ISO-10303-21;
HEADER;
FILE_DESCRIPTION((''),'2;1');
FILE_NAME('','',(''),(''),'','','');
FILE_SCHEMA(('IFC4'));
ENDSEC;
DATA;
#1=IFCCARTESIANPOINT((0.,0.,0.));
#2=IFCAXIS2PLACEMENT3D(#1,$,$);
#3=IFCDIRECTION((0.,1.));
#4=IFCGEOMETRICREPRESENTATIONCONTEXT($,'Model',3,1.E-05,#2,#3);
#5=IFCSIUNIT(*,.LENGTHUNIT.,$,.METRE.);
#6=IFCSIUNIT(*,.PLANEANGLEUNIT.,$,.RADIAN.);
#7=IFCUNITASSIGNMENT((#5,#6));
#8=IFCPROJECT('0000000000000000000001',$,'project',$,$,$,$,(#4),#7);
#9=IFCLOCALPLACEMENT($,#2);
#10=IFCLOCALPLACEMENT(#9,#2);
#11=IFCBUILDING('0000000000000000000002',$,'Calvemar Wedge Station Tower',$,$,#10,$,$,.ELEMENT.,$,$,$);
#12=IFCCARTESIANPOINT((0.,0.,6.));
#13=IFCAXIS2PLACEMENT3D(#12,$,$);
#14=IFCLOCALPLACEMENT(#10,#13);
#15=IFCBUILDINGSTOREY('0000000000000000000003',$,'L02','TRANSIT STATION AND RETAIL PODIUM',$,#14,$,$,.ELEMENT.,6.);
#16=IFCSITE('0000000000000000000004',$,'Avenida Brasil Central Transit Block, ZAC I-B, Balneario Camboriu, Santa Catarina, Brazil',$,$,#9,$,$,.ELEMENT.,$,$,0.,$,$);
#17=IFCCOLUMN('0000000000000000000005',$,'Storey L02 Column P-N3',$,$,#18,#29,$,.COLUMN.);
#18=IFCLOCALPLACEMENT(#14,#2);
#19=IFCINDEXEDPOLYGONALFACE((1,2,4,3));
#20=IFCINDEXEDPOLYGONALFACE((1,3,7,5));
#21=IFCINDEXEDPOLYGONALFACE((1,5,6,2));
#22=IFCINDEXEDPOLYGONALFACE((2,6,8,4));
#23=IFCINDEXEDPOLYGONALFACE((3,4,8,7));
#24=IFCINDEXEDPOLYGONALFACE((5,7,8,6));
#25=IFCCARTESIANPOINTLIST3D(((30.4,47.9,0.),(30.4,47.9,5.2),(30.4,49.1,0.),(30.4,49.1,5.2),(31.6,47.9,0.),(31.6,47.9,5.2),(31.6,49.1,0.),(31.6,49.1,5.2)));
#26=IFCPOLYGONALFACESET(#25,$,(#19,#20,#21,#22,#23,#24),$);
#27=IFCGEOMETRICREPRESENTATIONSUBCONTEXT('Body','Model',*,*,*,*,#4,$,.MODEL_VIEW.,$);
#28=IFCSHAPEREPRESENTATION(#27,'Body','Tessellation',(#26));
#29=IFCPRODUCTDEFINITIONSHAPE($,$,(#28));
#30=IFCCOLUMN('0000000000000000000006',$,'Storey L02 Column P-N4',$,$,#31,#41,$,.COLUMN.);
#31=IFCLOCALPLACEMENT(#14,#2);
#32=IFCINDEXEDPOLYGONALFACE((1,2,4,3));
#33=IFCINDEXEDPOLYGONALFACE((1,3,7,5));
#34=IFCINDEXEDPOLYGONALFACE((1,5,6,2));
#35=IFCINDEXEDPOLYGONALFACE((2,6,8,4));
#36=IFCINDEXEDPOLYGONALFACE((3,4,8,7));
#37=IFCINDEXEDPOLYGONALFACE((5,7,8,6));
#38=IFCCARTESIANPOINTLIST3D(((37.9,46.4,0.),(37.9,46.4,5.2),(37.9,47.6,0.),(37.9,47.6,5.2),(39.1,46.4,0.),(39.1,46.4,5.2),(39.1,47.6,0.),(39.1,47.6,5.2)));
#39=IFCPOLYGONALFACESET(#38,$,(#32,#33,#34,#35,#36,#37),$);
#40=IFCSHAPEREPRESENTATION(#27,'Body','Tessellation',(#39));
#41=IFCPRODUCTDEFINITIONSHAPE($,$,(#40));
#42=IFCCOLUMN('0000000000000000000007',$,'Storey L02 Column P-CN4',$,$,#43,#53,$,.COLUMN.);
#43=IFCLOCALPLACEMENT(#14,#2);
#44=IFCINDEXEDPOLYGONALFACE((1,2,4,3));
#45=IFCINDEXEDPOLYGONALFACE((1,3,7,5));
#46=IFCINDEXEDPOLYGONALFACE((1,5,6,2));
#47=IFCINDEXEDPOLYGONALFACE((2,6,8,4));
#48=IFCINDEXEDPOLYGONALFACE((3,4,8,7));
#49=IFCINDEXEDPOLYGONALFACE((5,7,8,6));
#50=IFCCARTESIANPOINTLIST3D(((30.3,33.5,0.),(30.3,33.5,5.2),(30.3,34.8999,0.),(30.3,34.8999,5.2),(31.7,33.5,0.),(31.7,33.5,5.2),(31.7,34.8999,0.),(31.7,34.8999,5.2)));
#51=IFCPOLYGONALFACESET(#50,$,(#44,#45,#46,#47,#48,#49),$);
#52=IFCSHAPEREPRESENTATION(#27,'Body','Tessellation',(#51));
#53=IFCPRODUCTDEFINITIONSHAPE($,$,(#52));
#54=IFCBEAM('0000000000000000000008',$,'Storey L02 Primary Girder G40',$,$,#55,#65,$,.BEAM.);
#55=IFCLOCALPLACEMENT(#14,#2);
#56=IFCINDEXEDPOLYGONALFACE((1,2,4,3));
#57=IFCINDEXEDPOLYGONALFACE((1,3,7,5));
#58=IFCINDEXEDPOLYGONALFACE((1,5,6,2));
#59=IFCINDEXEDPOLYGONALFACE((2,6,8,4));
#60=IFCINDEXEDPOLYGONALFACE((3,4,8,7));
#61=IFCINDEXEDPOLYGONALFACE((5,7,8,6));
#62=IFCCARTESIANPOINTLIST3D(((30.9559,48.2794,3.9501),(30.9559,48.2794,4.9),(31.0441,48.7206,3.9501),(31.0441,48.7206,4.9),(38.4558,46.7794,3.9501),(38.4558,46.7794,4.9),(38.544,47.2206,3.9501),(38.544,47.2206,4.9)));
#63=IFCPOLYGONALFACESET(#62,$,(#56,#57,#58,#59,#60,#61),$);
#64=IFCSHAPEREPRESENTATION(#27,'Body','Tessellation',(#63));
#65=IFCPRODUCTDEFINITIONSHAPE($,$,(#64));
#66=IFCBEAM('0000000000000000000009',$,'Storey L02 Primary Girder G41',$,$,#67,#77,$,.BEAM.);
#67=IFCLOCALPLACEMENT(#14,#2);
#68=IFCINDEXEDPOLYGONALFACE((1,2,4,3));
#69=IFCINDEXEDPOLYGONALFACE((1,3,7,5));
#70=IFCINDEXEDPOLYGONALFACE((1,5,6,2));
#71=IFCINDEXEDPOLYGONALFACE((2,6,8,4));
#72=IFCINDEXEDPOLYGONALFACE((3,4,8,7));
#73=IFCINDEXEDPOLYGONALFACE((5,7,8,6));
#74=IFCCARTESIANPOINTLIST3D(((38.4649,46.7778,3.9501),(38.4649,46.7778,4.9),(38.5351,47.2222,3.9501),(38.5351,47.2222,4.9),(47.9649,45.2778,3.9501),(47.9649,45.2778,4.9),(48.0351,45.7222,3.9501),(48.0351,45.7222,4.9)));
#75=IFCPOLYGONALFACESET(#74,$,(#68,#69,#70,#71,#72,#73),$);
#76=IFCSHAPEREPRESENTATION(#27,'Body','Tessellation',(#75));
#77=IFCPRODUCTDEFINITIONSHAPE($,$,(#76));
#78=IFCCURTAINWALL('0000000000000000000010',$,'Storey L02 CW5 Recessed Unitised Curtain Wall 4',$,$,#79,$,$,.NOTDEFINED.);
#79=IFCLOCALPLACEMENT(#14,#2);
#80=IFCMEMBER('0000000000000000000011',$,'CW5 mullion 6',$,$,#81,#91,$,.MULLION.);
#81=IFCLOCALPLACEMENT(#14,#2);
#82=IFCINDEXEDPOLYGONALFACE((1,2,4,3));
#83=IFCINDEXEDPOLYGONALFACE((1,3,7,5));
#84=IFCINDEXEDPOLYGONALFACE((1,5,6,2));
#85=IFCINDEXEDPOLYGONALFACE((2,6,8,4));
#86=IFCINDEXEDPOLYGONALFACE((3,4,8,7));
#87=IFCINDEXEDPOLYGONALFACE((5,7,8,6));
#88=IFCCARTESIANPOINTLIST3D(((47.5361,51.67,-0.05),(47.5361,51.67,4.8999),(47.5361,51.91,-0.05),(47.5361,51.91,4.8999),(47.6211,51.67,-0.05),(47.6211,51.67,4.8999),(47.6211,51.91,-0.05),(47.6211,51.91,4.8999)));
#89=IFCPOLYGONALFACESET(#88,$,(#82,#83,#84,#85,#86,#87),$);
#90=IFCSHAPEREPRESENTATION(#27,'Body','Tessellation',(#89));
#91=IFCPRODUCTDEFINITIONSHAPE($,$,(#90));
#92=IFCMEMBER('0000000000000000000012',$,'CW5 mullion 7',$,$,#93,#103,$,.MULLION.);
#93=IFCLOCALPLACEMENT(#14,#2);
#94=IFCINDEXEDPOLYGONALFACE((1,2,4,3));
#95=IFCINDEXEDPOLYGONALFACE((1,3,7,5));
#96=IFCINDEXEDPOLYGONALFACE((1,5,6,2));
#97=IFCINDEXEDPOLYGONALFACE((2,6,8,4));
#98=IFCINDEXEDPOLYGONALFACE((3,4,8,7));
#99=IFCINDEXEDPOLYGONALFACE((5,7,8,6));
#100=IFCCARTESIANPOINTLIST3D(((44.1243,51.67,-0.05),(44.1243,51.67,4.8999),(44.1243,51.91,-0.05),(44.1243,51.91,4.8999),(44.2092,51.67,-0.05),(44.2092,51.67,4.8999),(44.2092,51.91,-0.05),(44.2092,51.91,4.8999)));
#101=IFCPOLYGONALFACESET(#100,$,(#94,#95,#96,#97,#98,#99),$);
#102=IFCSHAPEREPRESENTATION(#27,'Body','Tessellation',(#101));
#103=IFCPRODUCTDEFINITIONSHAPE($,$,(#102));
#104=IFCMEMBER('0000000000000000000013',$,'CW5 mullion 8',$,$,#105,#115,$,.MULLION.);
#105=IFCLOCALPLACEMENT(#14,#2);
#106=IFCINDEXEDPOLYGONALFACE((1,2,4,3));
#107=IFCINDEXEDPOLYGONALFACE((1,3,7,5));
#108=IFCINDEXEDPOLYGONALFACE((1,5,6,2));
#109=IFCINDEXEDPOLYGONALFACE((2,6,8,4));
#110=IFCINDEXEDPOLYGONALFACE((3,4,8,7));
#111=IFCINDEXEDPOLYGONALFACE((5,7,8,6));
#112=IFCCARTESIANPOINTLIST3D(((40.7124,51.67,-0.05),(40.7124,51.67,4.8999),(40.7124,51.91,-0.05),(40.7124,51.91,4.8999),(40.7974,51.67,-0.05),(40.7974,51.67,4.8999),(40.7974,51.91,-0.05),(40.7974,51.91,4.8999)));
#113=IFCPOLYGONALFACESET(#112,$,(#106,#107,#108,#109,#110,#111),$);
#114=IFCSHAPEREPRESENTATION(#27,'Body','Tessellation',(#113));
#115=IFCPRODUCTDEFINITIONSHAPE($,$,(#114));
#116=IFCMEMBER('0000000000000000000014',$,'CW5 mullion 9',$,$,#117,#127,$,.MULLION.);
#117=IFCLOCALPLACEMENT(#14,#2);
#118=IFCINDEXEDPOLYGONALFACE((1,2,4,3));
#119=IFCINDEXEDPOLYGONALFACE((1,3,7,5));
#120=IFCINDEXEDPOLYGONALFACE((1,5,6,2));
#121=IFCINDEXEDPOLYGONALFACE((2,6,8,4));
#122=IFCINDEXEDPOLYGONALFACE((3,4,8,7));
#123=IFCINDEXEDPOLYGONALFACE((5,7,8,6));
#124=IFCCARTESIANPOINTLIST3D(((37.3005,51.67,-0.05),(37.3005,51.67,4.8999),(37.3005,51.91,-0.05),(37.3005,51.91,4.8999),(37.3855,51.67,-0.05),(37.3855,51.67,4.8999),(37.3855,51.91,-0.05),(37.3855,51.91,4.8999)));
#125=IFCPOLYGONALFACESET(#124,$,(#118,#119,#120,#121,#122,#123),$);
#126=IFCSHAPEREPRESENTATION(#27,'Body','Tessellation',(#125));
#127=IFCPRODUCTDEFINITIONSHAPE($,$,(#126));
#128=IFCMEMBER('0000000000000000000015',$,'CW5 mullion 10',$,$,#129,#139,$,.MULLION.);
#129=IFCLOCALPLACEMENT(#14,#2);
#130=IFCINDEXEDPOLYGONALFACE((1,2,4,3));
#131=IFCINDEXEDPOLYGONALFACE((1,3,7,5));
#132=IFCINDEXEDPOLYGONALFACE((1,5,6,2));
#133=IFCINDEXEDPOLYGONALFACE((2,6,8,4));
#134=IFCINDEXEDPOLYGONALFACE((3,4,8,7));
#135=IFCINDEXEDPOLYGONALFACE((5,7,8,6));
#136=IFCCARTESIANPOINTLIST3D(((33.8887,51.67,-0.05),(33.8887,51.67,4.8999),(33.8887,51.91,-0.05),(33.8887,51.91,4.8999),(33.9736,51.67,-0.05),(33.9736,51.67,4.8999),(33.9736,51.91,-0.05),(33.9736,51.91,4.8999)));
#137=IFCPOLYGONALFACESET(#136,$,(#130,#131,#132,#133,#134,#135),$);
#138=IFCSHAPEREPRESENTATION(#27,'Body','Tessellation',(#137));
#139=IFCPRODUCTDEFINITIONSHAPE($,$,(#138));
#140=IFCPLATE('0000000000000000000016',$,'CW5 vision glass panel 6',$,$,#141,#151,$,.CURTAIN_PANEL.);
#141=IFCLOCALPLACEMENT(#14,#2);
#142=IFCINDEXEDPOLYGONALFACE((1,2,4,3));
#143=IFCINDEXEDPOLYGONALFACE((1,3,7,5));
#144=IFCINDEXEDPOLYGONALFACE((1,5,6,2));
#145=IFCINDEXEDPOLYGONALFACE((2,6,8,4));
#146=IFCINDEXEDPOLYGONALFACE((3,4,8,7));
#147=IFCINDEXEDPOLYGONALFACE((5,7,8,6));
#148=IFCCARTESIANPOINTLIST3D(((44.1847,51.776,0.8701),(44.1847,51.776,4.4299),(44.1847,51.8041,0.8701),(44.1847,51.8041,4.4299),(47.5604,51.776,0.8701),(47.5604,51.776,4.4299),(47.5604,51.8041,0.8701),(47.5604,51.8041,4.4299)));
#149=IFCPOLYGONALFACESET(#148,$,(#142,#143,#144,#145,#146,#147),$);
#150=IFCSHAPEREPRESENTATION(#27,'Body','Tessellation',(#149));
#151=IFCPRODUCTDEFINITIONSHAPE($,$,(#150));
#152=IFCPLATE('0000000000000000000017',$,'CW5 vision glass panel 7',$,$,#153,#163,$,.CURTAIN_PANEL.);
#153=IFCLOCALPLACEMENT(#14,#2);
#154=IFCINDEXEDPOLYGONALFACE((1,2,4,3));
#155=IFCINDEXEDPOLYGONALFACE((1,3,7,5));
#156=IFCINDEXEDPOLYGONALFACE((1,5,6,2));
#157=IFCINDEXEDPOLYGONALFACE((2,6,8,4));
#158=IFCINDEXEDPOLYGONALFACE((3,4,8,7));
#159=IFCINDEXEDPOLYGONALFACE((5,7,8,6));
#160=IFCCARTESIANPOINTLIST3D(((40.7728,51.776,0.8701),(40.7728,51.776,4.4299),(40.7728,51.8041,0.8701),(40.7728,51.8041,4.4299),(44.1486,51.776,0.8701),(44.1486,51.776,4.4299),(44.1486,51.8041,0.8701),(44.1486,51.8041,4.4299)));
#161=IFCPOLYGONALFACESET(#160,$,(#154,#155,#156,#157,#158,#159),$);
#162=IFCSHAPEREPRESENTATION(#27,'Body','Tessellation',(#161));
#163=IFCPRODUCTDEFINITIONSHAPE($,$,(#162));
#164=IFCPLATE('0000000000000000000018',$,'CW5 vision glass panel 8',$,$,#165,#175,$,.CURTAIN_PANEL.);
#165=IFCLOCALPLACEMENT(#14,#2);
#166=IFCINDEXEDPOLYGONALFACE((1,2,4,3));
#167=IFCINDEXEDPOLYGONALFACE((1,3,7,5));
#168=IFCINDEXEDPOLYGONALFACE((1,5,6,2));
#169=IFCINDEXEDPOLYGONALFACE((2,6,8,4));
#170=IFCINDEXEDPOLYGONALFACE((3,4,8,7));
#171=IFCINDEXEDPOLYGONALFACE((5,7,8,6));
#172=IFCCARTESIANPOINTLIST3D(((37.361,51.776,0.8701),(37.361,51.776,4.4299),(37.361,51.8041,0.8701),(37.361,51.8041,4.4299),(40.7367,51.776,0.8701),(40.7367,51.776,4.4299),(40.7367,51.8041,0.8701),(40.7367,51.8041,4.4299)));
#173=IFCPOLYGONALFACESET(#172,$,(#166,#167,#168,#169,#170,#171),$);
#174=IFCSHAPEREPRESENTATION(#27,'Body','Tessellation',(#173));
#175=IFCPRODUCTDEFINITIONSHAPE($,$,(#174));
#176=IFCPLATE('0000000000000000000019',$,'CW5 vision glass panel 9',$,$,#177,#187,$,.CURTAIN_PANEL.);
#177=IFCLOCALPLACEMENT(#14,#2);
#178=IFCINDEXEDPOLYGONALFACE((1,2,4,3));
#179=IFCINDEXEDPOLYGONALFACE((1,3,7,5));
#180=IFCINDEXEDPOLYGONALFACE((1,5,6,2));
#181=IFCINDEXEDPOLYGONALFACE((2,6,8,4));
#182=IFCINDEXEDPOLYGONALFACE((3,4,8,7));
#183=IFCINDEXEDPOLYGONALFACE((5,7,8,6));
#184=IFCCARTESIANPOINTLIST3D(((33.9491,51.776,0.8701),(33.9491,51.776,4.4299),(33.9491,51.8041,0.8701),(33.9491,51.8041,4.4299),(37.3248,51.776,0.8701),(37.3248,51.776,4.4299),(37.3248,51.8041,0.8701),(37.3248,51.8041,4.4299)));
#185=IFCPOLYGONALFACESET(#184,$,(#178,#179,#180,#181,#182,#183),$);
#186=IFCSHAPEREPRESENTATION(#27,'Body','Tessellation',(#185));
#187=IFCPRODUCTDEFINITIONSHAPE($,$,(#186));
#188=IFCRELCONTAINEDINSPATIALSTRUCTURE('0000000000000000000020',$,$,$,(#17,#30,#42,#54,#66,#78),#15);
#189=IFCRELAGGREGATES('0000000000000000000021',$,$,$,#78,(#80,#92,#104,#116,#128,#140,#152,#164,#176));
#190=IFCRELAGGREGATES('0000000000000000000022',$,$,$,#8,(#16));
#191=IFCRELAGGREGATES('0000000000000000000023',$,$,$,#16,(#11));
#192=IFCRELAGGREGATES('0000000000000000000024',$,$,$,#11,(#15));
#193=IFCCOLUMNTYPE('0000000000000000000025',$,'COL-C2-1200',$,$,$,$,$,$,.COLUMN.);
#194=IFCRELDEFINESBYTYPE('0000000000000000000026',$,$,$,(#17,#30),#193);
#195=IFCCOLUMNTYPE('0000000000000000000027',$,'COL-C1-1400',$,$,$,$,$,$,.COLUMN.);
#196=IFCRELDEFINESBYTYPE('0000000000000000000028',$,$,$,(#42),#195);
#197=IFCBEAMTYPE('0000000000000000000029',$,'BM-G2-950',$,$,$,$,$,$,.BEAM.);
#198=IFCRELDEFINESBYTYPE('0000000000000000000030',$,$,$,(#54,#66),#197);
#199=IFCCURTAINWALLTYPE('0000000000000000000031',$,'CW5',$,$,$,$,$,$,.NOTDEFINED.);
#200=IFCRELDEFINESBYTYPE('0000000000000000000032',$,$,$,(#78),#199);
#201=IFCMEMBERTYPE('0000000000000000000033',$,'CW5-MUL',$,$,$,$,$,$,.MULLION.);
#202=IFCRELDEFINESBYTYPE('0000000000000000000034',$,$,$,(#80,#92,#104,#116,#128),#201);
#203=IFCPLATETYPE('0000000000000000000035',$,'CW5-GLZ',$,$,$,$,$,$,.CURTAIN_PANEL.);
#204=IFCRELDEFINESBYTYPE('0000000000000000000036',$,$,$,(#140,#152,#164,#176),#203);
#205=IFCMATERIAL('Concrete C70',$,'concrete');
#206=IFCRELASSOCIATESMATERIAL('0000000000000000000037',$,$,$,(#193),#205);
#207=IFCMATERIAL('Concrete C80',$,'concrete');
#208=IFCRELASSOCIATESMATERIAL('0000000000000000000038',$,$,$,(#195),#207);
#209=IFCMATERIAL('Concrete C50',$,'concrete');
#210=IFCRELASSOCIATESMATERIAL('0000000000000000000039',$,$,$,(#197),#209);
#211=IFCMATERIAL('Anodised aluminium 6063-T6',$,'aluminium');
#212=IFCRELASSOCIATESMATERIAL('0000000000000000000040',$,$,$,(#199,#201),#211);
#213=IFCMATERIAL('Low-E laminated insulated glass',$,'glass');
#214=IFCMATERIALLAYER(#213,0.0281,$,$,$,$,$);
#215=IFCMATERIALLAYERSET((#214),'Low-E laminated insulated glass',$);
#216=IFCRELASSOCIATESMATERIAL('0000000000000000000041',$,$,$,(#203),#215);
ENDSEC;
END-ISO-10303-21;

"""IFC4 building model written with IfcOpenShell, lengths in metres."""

from ifc_helpers import new_model, si_unit, direction, frame, frame_2d, origin, origin_2d, place, context, subcontext, project, spatial, rectangle, extrude, source, transform, mapped, material, layer, layer_set, material_profile, profile_set, type_object, element, aggregate, save


model = new_model("IFC4")

# Units and contexts
model_context = context("Model", 3, precision=1e-05, world=origin(), true_north=direction((0.0, 1.0)))
body_context = subcontext(model_context, "Body", "Model", "MODEL_VIEW")
ifc_project = project(units=[si_unit("LENGTHUNIT", "METRE"), si_unit("PLANEANGLEUNIT", "RADIAN")], contexts=[model_context])

# Site, building, storey
site_placement = place(None, origin())
site = spatial("IfcSite", under=ifc_project, at=site_placement, Name="Avenida Brasil Central Transit Block, ZAC I-B, Balneario Camboriu, Santa Catarina, Brazil", CompositionType="ELEMENT", RefElevation=0.0)
building_placement = place(site_placement, origin())
building = spatial("IfcBuilding", under=site, at=building_placement, Name="Calvemar Wedge Station Tower", CompositionType="ELEMENT")
storey_placement = place(building_placement, frame((0.0, 0.0, 6.0)))
storey = spatial("IfcBuildingStorey", under=building, at=storey_placement, Name="L02", Description="TRANSIT STATION AND RETAIL PODIUM", CompositionType="ELEMENT", Elevation=6.0)

# Columns
ifc_material_1 = material(Name="Concrete C70", Category="concrete")
ifc_material_profile_1 = material_profile(ifc_material_1, rectangle(XDim=1.2, YDim=1.2, at=origin_2d()), Name="RC1200x1200")
ifc_profile_set_1 = profile_set([ifc_material_profile_1], Name="Concrete C70")
column_type_1 = type_object("IfcColumnType", Name="COL-C2-1200", PredefinedType="COLUMN", material=ifc_profile_set_1)
shared_shape_1 = source(origin(), body_context, "Body", "SweptSolid", [
    extrude(rectangle(XDim=1.2, YDim=1.2, at=origin_2d()), origin(), (0.0, 0.0, 1.0), 5.2),
])
for number, where, z_axis, x_axis, name in (
    (1, (31.0, 48.5, 0.0), (0.0, 0.0, 1.0), (1.0, 0.0, 0.0), "Storey L02 Column P-N3"),
    (2, (38.5, 47.0, 0.0), (0.0, 0.0, 1.0), (1.0, 0.0, 0.0), "Storey L02 Column P-N4"),
):
    element("IfcColumn", number, at=place(storey_placement, frame(where, z_axis=z_axis, x_axis=x_axis)), inside=storey, type_object=column_type_1, Name=name, PredefinedType="COLUMN", context=body_context, shape_type="MappedRepresentation", body=[
        mapped(shared_shape_1, transform((0.0, 0.0, 0.0), scale=1.0)),
    ])
ifc_material_2 = material(Name="Concrete C80", Category="concrete")
ifc_material_profile_2 = material_profile(ifc_material_2, rectangle(XDim=1.3999, YDim=1.3999, at=origin_2d()), Name="RC1400x1400")
ifc_profile_set_2 = profile_set([ifc_material_profile_2], Name="Concrete C80")
column_type_2 = type_object("IfcColumnType", Name="COL-C1-1400", PredefinedType="COLUMN", material=ifc_profile_set_2)
shared_shape_2 = source(origin(), body_context, "Body", "SweptSolid", [
    extrude(rectangle(XDim=1.3999, YDim=1.3999, at=origin_2d()), origin(), (0.0, 0.0, 1.0), 5.2),
])
column_placement = place(storey_placement, frame((31.0, 34.2, 0.0), z_axis=(0.0, 0.0, 1.0), x_axis=(1.0, 0.0, 0.0)))
element("IfcColumn", 3, at=column_placement, inside=storey, type_object=column_type_2, Name="Storey L02 Column P-CN4", PredefinedType="COLUMN", context=body_context, shape_type="MappedRepresentation", body=[
    mapped(shared_shape_2, transform((0.0, 0.0, 0.0), scale=1.0)),
])

# Beams
ifc_material_3 = material(Name="Concrete C50", Category="concrete")
ifc_material_profile_3 = material_profile(ifc_material_3, rectangle(XDim=0.45, YDim=0.95, at=origin_2d()), Name="RC450x950")
ifc_profile_set_3 = profile_set([ifc_material_profile_3], Name="Concrete C50")
beam_type = type_object("IfcBeamType", Name="BM-G2-950", PredefinedType="BEAM", material=ifc_profile_set_3)
shared_shape_3 = source(origin(), body_context, "Body", "SweptSolid", [
    extrude(rectangle(XDim=0.45, YDim=0.95, at=origin_2d()), origin(), (0.0, 0.0, 1.0), 7.6484),
])
beam_1_placement = place(storey_placement, frame((31.0, 48.5, 4.425), z_axis=(0.980581, -0.196116, 0.0), x_axis=(0.196116, 0.980581, 0.0)))
element("IfcBeam", 4, at=beam_1_placement, inside=storey, type_object=beam_type, Name="Storey L02 Primary Girder G40", PredefinedType="BEAM", context=body_context, shape_type="MappedRepresentation", body=[
    mapped(shared_shape_3, transform((0.0, 0.0, 0.0), scale=1.0)),
])
shared_shape_4 = source(origin(), body_context, "Body", "SweptSolid", [
    extrude(rectangle(XDim=0.45, YDim=0.95, at=origin_2d()), origin(), (0.0, 0.0, 1.0), 9.6177),
])
beam_2_placement = place(storey_placement, frame((38.5, 47.0, 4.425), z_axis=(0.987763, -0.155963, 0.0), x_axis=(0.155963, 0.987763, 0.0)))
element("IfcBeam", 5, at=beam_2_placement, inside=storey, type_object=beam_type, Name="Storey L02 Primary Girder G41", PredefinedType="BEAM", context=body_context, shape_type="MappedRepresentation", body=[
    mapped(shared_shape_4, transform((0.0, 0.0, 0.0), scale=1.0)),
])

# Curtain wall, members, plates
ifc_material_4 = material(Name="Anodised aluminium 6063-T6", Category="aluminium")
curtain_wall_type = type_object("IfcCurtainWallType", Name="CW5", PredefinedType="NOTDEFINED", material=ifc_material_4)
curtain_wall_placement = place(storey_placement, origin())
curtain_wall = element("IfcCurtainWall", 6, at=curtain_wall_placement, inside=storey, type_object=curtain_wall_type, Name="Storey L02 CW5 Recessed Unitised Curtain Wall 4", PredefinedType="NOTDEFINED")
ifc_material_profile_4 = material_profile(ifc_material_4, rectangle(XDim=0.085, YDim=0.24, at=origin_2d()), Name="AL-MUL-85x240")
ifc_profile_set_4 = profile_set([ifc_material_profile_4], Name="Anodised aluminium 6063-T6")
member_type = type_object("IfcMemberType", Name="CW5-MUL", PredefinedType="MULLION", material=ifc_profile_set_4)
shared_shape_5 = source(origin(), body_context, "Body", "SweptSolid", [
    extrude(rectangle(XDim=0.085, YDim=0.24, at=origin_2d()), origin(), (0.0, 0.0, 1.0), 4.95),
])
member_1_placement = place(storey_placement, frame((47.5786, 51.79, -0.05), z_axis=(0.0, 0.0, 1.0), x_axis=(1.0, 0.0, 0.0)))
member_1 = element("IfcMember", 7, at=member_1_placement, type_object=member_type, Name="CW5 mullion 6", PredefinedType="MULLION", context=body_context, shape_type="MappedRepresentation", body=[
    mapped(shared_shape_5, transform((0.0, 0.0, 0.0), scale=1.0)),
])
member_2_placement = place(storey_placement, frame((44.1667, 51.79, -0.05), z_axis=(0.0, 0.0, 1.0), x_axis=(1.0, 0.0, 0.0)))
member_2 = element("IfcMember", 8, at=member_2_placement, type_object=member_type, Name="CW5 mullion 7", PredefinedType="MULLION", context=body_context, shape_type="MappedRepresentation", body=[
    mapped(shared_shape_5, transform((0.0, 0.0, 0.0), scale=1.0)),
])
member_3_placement = place(storey_placement, frame((40.7549, 51.79, -0.05), z_axis=(0.0, 0.0, 1.0), x_axis=(1.0, 0.0, 0.0)))
member_3 = element("IfcMember", 9, at=member_3_placement, type_object=member_type, Name="CW5 mullion 8", PredefinedType="MULLION", context=body_context, shape_type="MappedRepresentation", body=[
    mapped(shared_shape_5, transform((0.0, 0.0, 0.0), scale=1.0)),
])
member_4_placement = place(storey_placement, frame((37.343, 51.79, -0.05), z_axis=(0.0, 0.0, 1.0), x_axis=(1.0, 0.0, 0.0)))
member_4 = element("IfcMember", 10, at=member_4_placement, type_object=member_type, Name="CW5 mullion 9", PredefinedType="MULLION", context=body_context, shape_type="MappedRepresentation", body=[
    mapped(shared_shape_5, transform((0.0, 0.0, 0.0), scale=1.0)),
])
member_5_placement = place(storey_placement, frame((33.9312, 51.79, -0.05), z_axis=(0.0, 0.0, 1.0), x_axis=(1.0, 0.0, 0.0)))
member_5 = element("IfcMember", 11, at=member_5_placement, type_object=member_type, Name="CW5 mullion 10", PredefinedType="MULLION", context=body_context, shape_type="MappedRepresentation", body=[
    mapped(shared_shape_5, transform((0.0, 0.0, 0.0), scale=1.0)),
])
ifc_material_5 = material(Name="Low-E laminated insulated glass", Category="glass")
ifc_layer_1 = layer(ifc_material_5, 0.0281)
ifc_layer_set_1 = layer_set([ifc_layer_1], Name="Low-E laminated insulated glass")
plate_type_1 = type_object("IfcPlateType", Name="CW5-GLZ", PredefinedType="CURTAIN_PANEL", material=ifc_layer_set_1)
plate_1_placement = place(storey_placement, frame((47.5605, 51.79, 0.8701), z_axis=(0.0, 0.0, 1.0), x_axis=(-1.0, 0.0, 0.0)))
plate_1 = element("IfcPlate", 12, at=plate_1_placement, type_object=plate_type_1, Name="CW5 vision glass panel 6", PredefinedType="CURTAIN_PANEL", context=body_context, shape_type="SweptSolid", body=[
    extrude(rectangle(XDim=3.3757, YDim=0.0281, at=frame_2d((1.688, 0.0))), origin(), (0.0, 0.0, 1.0), 3.5598),
])
plate_2_placement = place(storey_placement, frame((44.1487, 51.79, 0.8701), z_axis=(0.0, 0.0, 1.0), x_axis=(-1.0, 0.0, 0.0)))
plate_2 = element("IfcPlate", 13, at=plate_2_placement, type_object=plate_type_1, Name="CW5 vision glass panel 7", PredefinedType="CURTAIN_PANEL", context=body_context, shape_type="SweptSolid", body=[
    extrude(rectangle(XDim=3.3757, YDim=0.0281, at=frame_2d((1.688, 0.0))), origin(), (0.0, 0.0, 1.0), 3.5598),
])
plate_3_placement = place(storey_placement, frame((40.7368, 51.79, 0.8701), z_axis=(0.0, 0.0, 1.0), x_axis=(-1.0, 0.0, 0.0)))
plate_3 = element("IfcPlate", 14, at=plate_3_placement, type_object=plate_type_1, Name="CW5 vision glass panel 8", PredefinedType="CURTAIN_PANEL", context=body_context, shape_type="SweptSolid", body=[
    extrude(rectangle(XDim=3.3757, YDim=0.0281, at=frame_2d((1.688, 0.0))), origin(), (0.0, 0.0, 1.0), 3.5598),
])
plate_4_placement = place(storey_placement, frame((37.325, 51.79, 0.8701), z_axis=(0.0, 0.0, 1.0), x_axis=(-1.0, 0.0, 0.0)))
plate_4 = element("IfcPlate", 15, at=plate_4_placement, type_object=plate_type_1, Name="CW5 vision glass panel 9", PredefinedType="CURTAIN_PANEL", context=body_context, shape_type="SweptSolid", body=[
    extrude(rectangle(XDim=3.3757, YDim=0.0281, at=frame_2d((1.688, 0.0))), origin(), (0.0, 0.0, 1.0), 3.5598),
])
aggregate(curtain_wall, [member_1, member_2, member_3, member_4, member_5, plate_1, plate_2, plate_3, plate_4])

save(model, "model.ifc")
